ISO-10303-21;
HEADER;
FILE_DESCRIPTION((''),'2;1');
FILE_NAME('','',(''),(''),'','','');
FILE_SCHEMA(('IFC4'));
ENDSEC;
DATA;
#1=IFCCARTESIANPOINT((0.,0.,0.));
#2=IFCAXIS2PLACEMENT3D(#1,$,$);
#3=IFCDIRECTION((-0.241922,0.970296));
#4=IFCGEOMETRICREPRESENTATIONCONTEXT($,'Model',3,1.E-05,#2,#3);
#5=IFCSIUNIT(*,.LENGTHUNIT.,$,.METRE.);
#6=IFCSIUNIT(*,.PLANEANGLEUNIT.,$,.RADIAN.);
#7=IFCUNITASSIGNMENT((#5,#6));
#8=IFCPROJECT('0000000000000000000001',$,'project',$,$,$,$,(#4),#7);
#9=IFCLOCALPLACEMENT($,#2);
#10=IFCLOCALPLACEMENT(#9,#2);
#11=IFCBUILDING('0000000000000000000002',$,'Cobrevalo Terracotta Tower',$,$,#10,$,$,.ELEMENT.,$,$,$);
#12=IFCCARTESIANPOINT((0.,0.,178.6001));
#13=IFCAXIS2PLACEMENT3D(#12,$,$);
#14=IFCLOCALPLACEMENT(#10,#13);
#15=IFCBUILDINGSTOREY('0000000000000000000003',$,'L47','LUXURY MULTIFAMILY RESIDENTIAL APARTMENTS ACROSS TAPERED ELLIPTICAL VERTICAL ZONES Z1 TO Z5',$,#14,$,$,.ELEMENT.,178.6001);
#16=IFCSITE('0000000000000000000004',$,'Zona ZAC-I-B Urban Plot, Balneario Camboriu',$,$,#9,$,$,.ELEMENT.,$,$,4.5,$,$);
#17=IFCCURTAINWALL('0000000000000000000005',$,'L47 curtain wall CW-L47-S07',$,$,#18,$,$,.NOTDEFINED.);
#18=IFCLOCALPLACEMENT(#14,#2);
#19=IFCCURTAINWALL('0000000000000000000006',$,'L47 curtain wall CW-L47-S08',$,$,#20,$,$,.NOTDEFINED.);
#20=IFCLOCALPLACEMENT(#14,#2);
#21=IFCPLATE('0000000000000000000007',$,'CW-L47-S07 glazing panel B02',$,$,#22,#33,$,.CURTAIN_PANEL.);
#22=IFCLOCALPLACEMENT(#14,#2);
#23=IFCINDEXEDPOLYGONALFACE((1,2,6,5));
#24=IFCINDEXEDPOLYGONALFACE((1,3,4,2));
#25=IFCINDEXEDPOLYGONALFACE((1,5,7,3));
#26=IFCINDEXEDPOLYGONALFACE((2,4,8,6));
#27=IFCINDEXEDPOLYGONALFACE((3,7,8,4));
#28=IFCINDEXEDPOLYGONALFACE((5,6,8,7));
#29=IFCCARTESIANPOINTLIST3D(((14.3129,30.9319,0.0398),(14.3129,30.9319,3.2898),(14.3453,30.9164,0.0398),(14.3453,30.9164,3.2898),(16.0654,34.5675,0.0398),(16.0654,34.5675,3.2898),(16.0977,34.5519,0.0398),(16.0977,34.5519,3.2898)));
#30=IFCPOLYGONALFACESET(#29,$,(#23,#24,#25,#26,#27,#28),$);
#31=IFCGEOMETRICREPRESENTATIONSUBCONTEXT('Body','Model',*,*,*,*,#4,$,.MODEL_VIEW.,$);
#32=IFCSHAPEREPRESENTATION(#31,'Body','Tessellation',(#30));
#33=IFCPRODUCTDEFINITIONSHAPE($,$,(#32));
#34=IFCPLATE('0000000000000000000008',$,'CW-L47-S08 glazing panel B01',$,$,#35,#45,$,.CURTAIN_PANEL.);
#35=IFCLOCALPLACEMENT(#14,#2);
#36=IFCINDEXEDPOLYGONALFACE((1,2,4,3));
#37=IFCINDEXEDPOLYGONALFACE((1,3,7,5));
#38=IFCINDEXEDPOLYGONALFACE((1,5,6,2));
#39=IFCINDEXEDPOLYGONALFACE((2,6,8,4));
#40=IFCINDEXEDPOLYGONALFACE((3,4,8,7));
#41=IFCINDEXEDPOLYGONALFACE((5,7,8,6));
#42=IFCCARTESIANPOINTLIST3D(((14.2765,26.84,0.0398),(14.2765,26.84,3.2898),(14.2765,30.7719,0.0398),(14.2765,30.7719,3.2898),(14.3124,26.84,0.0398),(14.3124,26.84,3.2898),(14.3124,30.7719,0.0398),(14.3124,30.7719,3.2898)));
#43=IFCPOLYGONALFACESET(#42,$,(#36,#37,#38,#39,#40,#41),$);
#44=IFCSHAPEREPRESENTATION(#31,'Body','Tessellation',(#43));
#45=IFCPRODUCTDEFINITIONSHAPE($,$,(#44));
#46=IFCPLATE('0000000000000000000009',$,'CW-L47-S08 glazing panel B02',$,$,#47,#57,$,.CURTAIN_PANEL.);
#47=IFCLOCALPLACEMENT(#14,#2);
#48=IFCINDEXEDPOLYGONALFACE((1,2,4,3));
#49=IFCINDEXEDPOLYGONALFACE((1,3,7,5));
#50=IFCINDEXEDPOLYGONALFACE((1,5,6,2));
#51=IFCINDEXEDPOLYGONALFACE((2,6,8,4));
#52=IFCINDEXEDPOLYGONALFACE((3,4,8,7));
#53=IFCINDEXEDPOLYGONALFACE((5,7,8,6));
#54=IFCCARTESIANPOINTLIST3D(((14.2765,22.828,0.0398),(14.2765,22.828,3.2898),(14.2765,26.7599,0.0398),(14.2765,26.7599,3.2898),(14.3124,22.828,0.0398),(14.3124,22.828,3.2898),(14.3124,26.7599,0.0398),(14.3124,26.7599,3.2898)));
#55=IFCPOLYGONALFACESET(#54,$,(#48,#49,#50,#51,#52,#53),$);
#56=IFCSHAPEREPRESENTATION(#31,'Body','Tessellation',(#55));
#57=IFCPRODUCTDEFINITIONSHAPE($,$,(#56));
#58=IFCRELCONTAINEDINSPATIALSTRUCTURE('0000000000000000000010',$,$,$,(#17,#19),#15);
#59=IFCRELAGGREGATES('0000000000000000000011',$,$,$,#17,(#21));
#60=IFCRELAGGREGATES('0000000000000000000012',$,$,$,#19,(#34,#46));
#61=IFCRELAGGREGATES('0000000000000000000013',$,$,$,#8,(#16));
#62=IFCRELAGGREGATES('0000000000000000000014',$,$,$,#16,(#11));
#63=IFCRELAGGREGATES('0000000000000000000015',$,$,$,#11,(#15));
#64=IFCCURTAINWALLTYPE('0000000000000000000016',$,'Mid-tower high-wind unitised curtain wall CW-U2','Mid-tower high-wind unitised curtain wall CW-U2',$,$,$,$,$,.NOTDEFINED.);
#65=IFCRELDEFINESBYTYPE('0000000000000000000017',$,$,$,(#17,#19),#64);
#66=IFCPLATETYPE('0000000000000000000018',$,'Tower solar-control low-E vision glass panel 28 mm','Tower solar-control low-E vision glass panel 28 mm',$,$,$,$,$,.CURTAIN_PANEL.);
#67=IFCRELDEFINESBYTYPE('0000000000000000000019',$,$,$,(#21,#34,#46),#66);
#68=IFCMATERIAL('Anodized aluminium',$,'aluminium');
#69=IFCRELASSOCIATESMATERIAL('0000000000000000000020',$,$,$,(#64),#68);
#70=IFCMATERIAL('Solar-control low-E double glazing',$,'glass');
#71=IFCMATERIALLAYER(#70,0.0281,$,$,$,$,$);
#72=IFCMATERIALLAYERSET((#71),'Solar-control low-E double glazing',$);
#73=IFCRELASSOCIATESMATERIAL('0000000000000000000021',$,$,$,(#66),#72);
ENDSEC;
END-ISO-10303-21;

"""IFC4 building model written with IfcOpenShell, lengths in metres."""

from ifc_helpers import new_model, si_unit, direction, frame, origin, origin_2d, place, context, subcontext, project, spatial, rectangle, extrude, source, transform, mapped, material, layer, layer_set, type_object, element, aggregate, save


model = new_model("IFC4")

# Units and contexts
model_context = context("Model", 3, precision=1e-05, world=origin(), true_north=direction((-0.241922, 0.970296)))
body_context = subcontext(model_context, "Body", "Model", "MODEL_VIEW")
ifc_project = project(units=[si_unit("LENGTHUNIT", "METRE"), si_unit("PLANEANGLEUNIT", "RADIAN")], contexts=[model_context])

# Site, building, storey
site_placement = place(None, origin())
site = spatial("IfcSite", under=ifc_project, at=site_placement, Name="Zona ZAC-I-B Urban Plot, Balneario Camboriu", CompositionType="ELEMENT", RefElevation=4.5)
building_placement = place(site_placement, origin())
building = spatial("IfcBuilding", under=site, at=building_placement, Name="Cobrevalo Terracotta Tower", CompositionType="ELEMENT")
storey_placement = place(building_placement, frame((0.0, 0.0, 178.6001)))
storey = spatial("IfcBuildingStorey", under=building, at=storey_placement, Name="L47", Description="LUXURY MULTIFAMILY RESIDENTIAL APARTMENTS ACROSS TAPERED ELLIPTICAL VERTICAL ZONES Z1 TO Z5", CompositionType="ELEMENT", Elevation=178.6001)

# Curtain walls
ifc_material_1 = material(Name="Anodized aluminium", Category="aluminium")
curtain_wall_type = type_object("IfcCurtainWallType", Name="Mid-tower high-wind unitised curtain wall CW-U2", Description="Mid-tower high-wind unitised curtain wall CW-U2", PredefinedType="NOTDEFINED", material=ifc_material_1)
curtain_wall_1_placement = place(storey_placement, origin())
curtain_wall_1 = element("IfcCurtainWall", 1, at=curtain_wall_1_placement, inside=storey, type_object=curtain_wall_type, Name="L47 curtain wall CW-L47-S07", PredefinedType="NOTDEFINED")
curtain_wall_2_placement = place(storey_placement, origin())
curtain_wall_2 = element("IfcCurtainWall", 2, at=curtain_wall_2_placement, inside=storey, type_object=curtain_wall_type, Name="L47 curtain wall CW-L47-S08", PredefinedType="NOTDEFINED")

# Plates
ifc_material_2 = material(Name="Solar-control low-E double glazing", Category="glass")
ifc_layer = layer(ifc_material_2, 0.0281)
ifc_layer_set = layer_set([ifc_layer], Name="Solar-control low-E double glazing")
plate_type = type_object("IfcPlateType", Name="Tower solar-control low-E vision glass panel 28 mm", Description="Tower solar-control low-E vision glass panel 28 mm", PredefinedType="CURTAIN_PANEL", material=ifc_layer_set)
shared_shape_1 = source(origin(), body_context, "Body", "SweptSolid", [
    extrude(rectangle(XDim=4.0359, YDim=0.0359, at=origin_2d()), origin(), (0.0, 0.0, 1.0), 3.25),
])
plate_1_placement = place(storey_placement, frame((15.2053, 32.7419, 0.0398), z_axis=(0.0, 0.0, 1.0), x_axis=(-0.434209, -0.900812, 0.0)))
plate_1 = element("IfcPlate", 3, at=plate_1_placement, type_object=plate_type, Name="CW-L47-S07 glazing panel B02", PredefinedType="CURTAIN_PANEL", context=body_context, shape_type="MappedRepresentation", body=[
    mapped(shared_shape_1, transform((0.0, 0.0, 0.0), scale=1.0)),
])
aggregate(curtain_wall_1, [plate_1])
shared_shape_2 = source(origin(), body_context, "Body", "SweptSolid", [
    extrude(rectangle(XDim=3.9319, YDim=0.0359, at=origin_2d()), origin(), (0.0, 0.0, 1.0), 3.25),
])
plate_2_placement = place(storey_placement, frame((14.2944, 28.8059, 0.0398), z_axis=(0.0, 0.0, 1.0), x_axis=(0.0, -1.0, 0.0)))
plate_2 = element("IfcPlate", 4, at=plate_2_placement, type_object=plate_type, Name="CW-L47-S08 glazing panel B01", PredefinedType="CURTAIN_PANEL", context=body_context, shape_type="MappedRepresentation", body=[
    mapped(shared_shape_2, transform((0.0, 0.0, 0.0), scale=1.0)),
])
plate_3_placement = place(storey_placement, frame((14.2944, 24.7939, 0.0398), z_axis=(0.0, 0.0, 1.0), x_axis=(0.0, -1.0, 0.0)))
plate_3 = element("IfcPlate", 5, at=plate_3_placement, type_object=plate_type, Name="CW-L47-S08 glazing panel B02", PredefinedType="CURTAIN_PANEL", context=body_context, shape_type="MappedRepresentation", body=[
    mapped(shared_shape_2, transform((0.0, 0.0, 0.0), scale=1.0)),
])
aggregate(curtain_wall_2, [plate_2, plate_3])

save(model, "model.ifc")
